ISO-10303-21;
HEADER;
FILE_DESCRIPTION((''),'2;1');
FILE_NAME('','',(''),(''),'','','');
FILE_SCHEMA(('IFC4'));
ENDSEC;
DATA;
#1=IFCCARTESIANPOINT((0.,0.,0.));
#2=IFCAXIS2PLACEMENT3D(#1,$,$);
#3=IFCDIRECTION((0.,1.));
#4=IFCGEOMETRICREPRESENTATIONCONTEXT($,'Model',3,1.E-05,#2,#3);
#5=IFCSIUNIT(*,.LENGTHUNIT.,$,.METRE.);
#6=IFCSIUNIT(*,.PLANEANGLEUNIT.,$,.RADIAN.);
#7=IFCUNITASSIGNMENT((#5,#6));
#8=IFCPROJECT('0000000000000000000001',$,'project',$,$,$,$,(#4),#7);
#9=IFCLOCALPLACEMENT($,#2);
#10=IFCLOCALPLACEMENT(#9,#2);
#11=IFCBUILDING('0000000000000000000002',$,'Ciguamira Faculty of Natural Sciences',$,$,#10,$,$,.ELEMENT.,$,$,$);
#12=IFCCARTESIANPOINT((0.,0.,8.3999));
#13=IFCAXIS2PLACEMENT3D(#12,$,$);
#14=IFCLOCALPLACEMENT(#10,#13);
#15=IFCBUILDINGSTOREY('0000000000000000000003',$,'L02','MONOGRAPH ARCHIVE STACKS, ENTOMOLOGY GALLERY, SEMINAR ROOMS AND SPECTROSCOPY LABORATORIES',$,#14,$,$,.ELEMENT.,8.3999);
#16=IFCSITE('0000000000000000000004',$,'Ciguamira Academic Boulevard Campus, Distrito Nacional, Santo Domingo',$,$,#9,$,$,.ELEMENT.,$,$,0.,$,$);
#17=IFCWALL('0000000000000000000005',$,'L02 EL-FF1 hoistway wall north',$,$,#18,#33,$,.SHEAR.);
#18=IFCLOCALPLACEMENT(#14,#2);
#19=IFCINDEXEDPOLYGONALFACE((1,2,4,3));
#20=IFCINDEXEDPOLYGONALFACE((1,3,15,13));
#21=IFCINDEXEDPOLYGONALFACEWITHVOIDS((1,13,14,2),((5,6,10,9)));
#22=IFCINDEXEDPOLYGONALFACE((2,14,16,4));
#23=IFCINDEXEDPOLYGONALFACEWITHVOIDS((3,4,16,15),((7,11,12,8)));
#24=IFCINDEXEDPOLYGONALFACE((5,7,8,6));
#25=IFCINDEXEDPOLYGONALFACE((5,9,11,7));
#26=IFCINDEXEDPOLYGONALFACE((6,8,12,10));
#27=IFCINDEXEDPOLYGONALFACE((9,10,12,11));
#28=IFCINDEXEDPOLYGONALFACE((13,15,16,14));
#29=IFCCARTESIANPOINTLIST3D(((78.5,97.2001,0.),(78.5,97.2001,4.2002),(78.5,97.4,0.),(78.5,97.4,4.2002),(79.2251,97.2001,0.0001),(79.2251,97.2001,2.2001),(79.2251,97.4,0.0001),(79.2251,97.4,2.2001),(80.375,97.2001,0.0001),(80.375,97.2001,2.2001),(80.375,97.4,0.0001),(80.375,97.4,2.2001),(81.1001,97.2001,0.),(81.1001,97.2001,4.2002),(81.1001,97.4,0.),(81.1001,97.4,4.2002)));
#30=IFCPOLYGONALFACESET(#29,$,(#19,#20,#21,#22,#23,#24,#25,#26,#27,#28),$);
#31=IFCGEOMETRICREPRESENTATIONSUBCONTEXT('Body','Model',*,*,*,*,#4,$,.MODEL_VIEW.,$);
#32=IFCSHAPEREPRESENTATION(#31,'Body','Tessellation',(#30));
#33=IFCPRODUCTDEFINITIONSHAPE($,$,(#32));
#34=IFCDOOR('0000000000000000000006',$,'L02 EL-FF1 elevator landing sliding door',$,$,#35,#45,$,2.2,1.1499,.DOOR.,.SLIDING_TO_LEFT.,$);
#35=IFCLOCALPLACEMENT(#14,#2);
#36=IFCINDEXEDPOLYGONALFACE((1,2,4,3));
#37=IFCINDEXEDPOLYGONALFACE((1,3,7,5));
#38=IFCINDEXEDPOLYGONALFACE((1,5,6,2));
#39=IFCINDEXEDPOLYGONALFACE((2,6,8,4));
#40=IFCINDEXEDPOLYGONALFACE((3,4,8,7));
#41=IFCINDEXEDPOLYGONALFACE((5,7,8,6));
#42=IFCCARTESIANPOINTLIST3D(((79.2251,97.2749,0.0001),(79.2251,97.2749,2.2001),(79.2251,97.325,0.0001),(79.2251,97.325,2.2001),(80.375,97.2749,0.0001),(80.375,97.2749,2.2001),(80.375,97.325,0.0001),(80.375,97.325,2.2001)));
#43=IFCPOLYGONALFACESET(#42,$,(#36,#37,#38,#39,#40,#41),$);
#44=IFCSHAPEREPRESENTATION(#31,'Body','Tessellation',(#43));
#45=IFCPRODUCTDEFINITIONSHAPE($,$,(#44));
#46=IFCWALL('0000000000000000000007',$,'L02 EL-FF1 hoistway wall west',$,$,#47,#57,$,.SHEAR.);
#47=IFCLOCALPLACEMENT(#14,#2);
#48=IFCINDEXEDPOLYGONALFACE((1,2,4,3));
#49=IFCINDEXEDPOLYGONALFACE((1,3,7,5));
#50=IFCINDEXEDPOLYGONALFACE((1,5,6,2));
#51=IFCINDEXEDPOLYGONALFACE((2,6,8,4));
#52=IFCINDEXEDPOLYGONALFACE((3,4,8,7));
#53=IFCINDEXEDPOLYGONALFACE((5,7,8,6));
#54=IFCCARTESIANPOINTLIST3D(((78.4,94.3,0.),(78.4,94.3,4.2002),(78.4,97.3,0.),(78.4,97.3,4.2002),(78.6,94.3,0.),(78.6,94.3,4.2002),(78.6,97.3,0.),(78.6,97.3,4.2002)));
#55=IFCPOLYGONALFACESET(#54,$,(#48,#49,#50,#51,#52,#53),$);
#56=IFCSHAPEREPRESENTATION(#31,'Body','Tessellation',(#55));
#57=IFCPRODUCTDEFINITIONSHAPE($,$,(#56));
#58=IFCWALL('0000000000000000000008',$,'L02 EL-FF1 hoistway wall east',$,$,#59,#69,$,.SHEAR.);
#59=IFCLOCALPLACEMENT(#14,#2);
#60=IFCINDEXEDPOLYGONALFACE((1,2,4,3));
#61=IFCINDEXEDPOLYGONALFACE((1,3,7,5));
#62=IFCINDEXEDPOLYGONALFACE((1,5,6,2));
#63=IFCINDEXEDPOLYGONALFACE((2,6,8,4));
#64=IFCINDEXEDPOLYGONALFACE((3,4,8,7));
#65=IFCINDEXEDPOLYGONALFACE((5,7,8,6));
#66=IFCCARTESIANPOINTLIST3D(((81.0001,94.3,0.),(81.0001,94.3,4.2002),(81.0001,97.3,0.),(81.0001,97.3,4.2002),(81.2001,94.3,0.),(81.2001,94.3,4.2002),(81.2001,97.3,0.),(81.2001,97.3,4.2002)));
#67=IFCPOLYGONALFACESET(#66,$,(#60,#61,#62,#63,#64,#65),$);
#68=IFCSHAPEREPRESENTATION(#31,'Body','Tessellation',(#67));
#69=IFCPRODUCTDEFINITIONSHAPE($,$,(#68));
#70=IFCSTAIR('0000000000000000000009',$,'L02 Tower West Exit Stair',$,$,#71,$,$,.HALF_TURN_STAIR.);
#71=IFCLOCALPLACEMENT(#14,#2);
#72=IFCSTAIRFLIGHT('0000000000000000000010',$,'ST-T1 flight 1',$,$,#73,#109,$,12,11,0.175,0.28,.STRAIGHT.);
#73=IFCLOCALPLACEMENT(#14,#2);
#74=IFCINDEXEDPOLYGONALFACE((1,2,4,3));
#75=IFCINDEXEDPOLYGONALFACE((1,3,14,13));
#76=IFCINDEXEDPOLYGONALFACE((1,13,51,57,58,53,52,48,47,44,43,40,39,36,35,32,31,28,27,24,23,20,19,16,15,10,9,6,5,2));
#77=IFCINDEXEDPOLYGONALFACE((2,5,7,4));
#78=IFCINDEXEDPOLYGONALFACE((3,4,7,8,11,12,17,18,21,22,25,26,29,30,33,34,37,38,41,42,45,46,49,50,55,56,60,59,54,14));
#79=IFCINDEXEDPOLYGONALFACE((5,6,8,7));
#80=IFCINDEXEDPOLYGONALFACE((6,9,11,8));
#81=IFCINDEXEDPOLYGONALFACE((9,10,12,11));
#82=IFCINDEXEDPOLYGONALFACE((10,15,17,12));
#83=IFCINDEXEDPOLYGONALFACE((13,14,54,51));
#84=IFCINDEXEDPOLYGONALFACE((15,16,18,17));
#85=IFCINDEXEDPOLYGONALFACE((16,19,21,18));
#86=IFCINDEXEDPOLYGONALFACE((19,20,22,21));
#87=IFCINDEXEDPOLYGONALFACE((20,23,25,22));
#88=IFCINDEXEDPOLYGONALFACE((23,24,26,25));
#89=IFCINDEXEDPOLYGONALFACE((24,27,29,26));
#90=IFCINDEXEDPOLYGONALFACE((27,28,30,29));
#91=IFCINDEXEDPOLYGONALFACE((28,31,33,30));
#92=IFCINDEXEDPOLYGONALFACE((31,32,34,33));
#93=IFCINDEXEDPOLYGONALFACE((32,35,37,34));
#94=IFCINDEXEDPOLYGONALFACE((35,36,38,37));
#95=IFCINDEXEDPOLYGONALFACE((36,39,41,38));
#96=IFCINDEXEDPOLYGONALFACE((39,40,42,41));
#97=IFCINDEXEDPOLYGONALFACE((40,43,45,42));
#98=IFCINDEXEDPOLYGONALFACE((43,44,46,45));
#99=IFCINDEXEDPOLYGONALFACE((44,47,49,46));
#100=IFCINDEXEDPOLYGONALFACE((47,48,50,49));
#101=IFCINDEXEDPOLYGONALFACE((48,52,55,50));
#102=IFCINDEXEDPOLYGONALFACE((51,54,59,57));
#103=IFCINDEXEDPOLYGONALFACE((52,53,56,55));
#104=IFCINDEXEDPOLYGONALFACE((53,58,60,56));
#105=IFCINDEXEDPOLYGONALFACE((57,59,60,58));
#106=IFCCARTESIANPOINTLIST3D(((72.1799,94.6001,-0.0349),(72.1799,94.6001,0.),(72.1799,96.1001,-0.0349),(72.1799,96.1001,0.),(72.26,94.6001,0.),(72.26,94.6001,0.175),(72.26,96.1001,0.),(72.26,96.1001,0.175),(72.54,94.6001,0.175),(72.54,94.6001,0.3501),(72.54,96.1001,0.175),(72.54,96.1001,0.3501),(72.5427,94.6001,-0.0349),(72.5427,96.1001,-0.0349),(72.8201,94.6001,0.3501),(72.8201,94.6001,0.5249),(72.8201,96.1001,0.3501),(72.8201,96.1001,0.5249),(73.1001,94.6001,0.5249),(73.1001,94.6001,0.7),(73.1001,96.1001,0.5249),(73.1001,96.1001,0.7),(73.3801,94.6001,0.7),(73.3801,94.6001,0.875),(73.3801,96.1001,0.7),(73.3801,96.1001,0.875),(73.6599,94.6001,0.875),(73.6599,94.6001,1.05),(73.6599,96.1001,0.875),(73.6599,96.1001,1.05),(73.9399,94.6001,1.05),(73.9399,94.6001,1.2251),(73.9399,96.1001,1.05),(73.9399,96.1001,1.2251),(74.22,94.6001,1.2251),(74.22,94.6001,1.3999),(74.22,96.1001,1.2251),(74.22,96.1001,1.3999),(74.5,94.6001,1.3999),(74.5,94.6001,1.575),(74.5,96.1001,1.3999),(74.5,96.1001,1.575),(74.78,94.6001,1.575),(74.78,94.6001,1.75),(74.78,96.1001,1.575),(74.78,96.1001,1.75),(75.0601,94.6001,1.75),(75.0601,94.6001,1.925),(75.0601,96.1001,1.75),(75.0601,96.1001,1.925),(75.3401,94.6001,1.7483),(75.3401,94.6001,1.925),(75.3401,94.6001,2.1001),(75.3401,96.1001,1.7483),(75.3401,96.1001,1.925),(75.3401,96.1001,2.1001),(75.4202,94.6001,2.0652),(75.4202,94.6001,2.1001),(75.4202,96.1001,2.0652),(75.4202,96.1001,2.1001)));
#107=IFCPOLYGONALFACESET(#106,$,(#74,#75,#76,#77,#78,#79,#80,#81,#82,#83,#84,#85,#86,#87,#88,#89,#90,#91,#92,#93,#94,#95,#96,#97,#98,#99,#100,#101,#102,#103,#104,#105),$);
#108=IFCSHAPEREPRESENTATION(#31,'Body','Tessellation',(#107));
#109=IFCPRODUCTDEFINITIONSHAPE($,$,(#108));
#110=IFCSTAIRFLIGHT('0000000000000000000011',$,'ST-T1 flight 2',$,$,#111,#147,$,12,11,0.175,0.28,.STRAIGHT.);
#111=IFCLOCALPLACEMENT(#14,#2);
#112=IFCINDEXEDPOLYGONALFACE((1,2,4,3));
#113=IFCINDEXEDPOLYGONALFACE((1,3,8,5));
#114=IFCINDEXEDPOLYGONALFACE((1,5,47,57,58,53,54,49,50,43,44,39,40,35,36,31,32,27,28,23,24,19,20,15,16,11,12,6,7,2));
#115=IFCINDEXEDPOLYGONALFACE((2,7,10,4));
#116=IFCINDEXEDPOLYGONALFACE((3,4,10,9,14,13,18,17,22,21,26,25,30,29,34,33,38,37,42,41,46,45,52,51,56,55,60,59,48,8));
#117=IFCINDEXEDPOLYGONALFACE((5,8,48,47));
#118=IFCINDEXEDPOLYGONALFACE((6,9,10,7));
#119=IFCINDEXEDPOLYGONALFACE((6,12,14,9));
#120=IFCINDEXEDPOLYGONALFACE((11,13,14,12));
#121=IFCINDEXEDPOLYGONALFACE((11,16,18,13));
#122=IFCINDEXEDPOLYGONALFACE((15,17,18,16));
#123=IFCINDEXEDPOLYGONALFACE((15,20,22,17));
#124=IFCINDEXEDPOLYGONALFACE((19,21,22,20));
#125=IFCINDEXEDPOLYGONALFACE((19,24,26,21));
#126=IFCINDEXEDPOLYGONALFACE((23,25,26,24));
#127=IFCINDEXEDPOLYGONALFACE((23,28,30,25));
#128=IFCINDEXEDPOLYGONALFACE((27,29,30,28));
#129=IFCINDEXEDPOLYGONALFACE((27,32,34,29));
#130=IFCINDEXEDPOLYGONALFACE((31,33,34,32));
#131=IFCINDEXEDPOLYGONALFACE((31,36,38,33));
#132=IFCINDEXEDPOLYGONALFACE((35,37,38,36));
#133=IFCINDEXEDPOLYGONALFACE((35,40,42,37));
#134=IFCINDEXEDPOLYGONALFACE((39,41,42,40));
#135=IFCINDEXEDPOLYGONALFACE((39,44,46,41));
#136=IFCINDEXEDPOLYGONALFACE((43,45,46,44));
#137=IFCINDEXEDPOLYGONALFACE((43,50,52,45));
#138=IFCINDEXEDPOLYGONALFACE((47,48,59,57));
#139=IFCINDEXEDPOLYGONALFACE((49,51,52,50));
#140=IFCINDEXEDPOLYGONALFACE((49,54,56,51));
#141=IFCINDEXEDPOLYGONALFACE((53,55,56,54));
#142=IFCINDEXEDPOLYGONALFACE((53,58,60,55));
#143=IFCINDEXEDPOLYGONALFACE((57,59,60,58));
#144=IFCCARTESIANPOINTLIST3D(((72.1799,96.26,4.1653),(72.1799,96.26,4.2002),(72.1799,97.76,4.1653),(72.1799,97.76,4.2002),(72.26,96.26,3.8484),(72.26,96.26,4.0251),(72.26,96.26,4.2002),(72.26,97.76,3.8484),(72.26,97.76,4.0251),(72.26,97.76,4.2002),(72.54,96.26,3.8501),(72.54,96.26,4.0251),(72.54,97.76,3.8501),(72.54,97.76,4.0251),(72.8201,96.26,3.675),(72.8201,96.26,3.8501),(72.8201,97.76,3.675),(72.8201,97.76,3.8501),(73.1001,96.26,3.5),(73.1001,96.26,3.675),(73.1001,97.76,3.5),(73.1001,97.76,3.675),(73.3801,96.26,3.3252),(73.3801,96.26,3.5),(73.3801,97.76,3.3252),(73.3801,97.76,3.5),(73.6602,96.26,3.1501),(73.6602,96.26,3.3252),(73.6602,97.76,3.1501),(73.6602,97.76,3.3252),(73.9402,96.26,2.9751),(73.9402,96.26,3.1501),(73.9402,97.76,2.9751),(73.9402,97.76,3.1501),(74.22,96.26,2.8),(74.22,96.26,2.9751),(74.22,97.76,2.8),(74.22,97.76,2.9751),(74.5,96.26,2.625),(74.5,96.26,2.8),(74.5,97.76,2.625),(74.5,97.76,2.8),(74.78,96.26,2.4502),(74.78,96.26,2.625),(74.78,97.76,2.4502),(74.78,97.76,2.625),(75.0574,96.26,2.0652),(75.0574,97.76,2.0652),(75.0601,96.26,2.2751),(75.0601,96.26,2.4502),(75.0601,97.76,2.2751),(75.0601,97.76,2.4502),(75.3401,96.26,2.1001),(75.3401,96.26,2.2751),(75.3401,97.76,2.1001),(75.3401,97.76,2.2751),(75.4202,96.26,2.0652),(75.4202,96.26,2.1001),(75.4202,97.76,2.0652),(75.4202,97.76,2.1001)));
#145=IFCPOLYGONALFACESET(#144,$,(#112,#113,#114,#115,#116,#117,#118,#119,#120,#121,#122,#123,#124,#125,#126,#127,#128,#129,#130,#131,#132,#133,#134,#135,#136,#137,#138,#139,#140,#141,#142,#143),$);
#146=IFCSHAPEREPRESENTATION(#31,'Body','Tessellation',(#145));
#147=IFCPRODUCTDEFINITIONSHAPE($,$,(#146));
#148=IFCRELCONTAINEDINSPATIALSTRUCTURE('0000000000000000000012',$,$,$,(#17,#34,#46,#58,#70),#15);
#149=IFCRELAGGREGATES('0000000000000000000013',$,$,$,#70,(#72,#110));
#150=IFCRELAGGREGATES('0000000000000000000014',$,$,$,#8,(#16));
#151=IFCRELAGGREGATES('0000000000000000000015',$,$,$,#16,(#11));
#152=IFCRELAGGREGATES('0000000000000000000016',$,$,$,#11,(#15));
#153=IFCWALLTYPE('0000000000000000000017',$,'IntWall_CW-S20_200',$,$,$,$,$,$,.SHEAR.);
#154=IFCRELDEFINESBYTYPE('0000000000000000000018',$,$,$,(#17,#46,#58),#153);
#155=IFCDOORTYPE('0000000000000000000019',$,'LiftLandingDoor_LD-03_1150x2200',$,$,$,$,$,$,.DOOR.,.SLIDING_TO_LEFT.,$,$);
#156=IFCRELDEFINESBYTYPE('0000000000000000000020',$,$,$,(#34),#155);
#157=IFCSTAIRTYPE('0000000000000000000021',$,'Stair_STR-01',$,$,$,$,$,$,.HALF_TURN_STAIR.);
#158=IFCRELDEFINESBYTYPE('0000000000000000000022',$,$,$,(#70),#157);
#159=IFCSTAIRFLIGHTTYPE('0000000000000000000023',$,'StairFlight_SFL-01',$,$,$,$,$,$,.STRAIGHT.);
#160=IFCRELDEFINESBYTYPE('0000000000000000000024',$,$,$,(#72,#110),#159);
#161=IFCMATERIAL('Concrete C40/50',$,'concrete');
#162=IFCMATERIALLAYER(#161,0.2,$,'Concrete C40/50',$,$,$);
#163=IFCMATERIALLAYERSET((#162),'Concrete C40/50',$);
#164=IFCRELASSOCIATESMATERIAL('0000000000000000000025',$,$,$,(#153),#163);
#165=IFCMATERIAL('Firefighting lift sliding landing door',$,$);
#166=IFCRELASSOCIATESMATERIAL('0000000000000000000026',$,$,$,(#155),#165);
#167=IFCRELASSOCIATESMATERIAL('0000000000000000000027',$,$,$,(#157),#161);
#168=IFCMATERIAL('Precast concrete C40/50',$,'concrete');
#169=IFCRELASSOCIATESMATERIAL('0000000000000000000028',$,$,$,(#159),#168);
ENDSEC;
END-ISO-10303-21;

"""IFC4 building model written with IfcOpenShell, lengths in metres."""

from ifc_helpers import new_model, si_unit, direction, frame, frame_2d, origin, place, context, subcontext, project, spatial, polyline, rectangle, outline, extrude, material, layer, layer_set, type_object, element, fill, aggregate, save


model = new_model("IFC4")

# Units and contexts
model_context = context("Model", 3, precision=1e-05, world=origin(), true_north=direction((0.0, 1.0)))
body_context = subcontext(model_context, "Body", "Model", "MODEL_VIEW")
ifc_project = project(units=[si_unit("LENGTHUNIT", "METRE"), si_unit("PLANEANGLEUNIT", "RADIAN")], contexts=[model_context])

# Site, building, storey
site_placement = place(None, origin())
site = spatial("IfcSite", under=ifc_project, at=site_placement, Name="Ciguamira Academic Boulevard Campus, Distrito Nacional, Santo Domingo", CompositionType="ELEMENT", RefElevation=0.0)
building_placement = place(site_placement, origin())
building = spatial("IfcBuilding", under=site, at=building_placement, Name="Ciguamira Faculty of Natural Sciences", CompositionType="ELEMENT")
storey_placement = place(building_placement, frame((0.0, 0.0, 8.3999)))
storey = spatial("IfcBuildingStorey", under=building, at=storey_placement, Name="L02", Description="MONOGRAPH ARCHIVE STACKS, ENTOMOLOGY GALLERY, SEMINAR ROOMS AND SPECTROSCOPY LABORATORIES", CompositionType="ELEMENT", Elevation=8.3999)

# Shared definitions
ifc_material_1 = material(Name="Concrete C40/50", Category="concrete")

# Shared definitions
ifc_layer_1 = layer(ifc_material_1, 0.2, Name="Concrete C40/50")
ifc_layer_set_1 = layer_set([ifc_layer_1], Name="Concrete C40/50")
wall_type = type_object("IfcWallType", Name="IntWall_CW-S20_200", PredefinedType="SHEAR", material=ifc_layer_set_1)

# Wall, opening, door
wall_1_placement = place(storey_placement, frame((78.5, 97.3, 0.0), z_axis=(0.0, 0.0, 1.0), x_axis=(1.0, 0.0, 0.0)))
wall_1 = element("IfcWall", 1, at=wall_1_placement, inside=storey, type_object=wall_type, Name="L02 EL-FF1 hoistway wall north", PredefinedType="SHEAR", context=body_context, shape_type="SweptSolid", body=[
    extrude(rectangle(XDim=2.6001, YDim=0.2, at=frame_2d((1.3, 0.0))), origin(), (0.0, 0.0, 1.0), 4.2002),
])
opening_placement = place(wall_1_placement, frame((0.7251, 0.0, 0.0)))
opening = element("IfcOpeningElement", 2, at=opening_placement, cuts=wall_1, PredefinedType="OPENING", context=body_context, shape_type="SweptSolid", body=[
    extrude(rectangle(XDim=1.1499, YDim=2.2, at=frame_2d((0.575, 1.1001))), frame((0.0, 0.1099, 0.0), z_axis=(0.0, -1.0, 0.0), x_axis=(1.0, 0.0, 0.0)), (0.0, 0.0, 1.0), 0.22),
])
ifc_material_2 = material(Name="Firefighting lift sliding landing door")
door_type = type_object("IfcDoorType", Name="LiftLandingDoor_LD-03_1150x2200", OperationType="SLIDING_TO_LEFT", PredefinedType="DOOR", material=ifc_material_2)
door_placement = place(opening_placement, origin())
door = element("IfcDoor", 3, at=door_placement, inside=storey, type_object=door_type, Name="L02 EL-FF1 elevator landing sliding door", OperationType="SLIDING_TO_LEFT", OverallHeight=2.2, OverallWidth=1.1499, PredefinedType="DOOR", context=body_context, shape_type="SweptSolid", body=[
    extrude(rectangle(XDim=1.1499, YDim=2.2, at=frame_2d((0.575, 1.1001))), frame((0.0, 0.0249, 0.0), z_axis=(0.0, -1.0, 0.0), x_axis=(1.0, 0.0, 0.0)), (0.0, 0.0, 1.0), 0.05),
])
fill(opening, door)

# Walls
for number, where, z_axis, x_axis, name in (
    (4, (78.5, 94.3, 0.0), (0.0, 0.0, 1.0), (0.0, 1.0, 0.0), "L02 EL-FF1 hoistway wall west"),
    (5, (81.1001, 94.3, 0.0), (0.0, 0.0, 1.0), (0.0, 1.0, 0.0), "L02 EL-FF1 hoistway wall east"),
):
    element("IfcWall", number, at=place(storey_placement, frame(where, z_axis=z_axis, x_axis=x_axis)), inside=storey, type_object=wall_type, Name=name, PredefinedType="SHEAR", context=body_context, shape_type="SweptSolid", body=[
        extrude(rectangle(XDim=3.0, YDim=0.2, at=frame_2d((1.5, 0.0))), origin(), (0.0, 0.0, 1.0), 4.2002),
    ])

# Stair, stair flights
stair_type = type_object("IfcStairType", Name="Stair_STR-01", PredefinedType="HALF_TURN_STAIR", material=ifc_material_1)
stair_placement = place(storey_placement, origin())
stair = element("IfcStair", 6, at=stair_placement, inside=storey, type_object=stair_type, Name="L02 Tower West Exit Stair", PredefinedType="HALF_TURN_STAIR")
ifc_material_3 = material(Name="Precast concrete C40/50", Category="concrete")
stair_flight_type = type_object("IfcStairFlightType", Name="StairFlight_SFL-01", PredefinedType="STRAIGHT", material=ifc_material_3)
stair_flight_1_placement = place(storey_placement, frame((72.26, 95.3501, 0.0), z_axis=(0.0, 0.0, 1.0), x_axis=(1.0, 0.0, 0.0)))
stair_flight_1 = element("IfcStairFlight", 7, at=stair_flight_1_placement, type_object=stair_flight_type, Name="ST-T1 flight 1", NumberOfRisers=12, NumberOfTreads=11, PredefinedType="STRAIGHT", RiserHeight=0.175, TreadLength=0.28, context=body_context, shape_type="SweptSolid", body=[
    extrude(outline(polyline([(-0.0801, -0.0349), (-0.0801, 0.0), (0.0, 0.0), (0.0, 0.175), (0.28, 0.175), (0.28, 0.3501), (0.5601, 0.3501), (0.5601, 0.5249), (0.8401, 0.5249), (0.8401, 0.7), (1.1201, 0.7), (1.1201, 0.875), (1.3999, 0.875), (1.3999, 1.05), (1.6799, 1.05), (1.6799, 1.2251), (1.96, 1.2251), (1.96, 1.3999), (2.24, 1.3999), (2.24, 1.575), (2.52, 1.575), (2.52, 1.75), (2.8, 1.75), (2.8, 1.925), (3.0801, 1.925), (3.0801, 2.1001), (3.1602, 2.1001), (3.1602, 2.0652), (3.0801, 1.7483), (0.2827, -0.0349), (-0.0801, -0.0349)])), frame((0.0, 0.75, 0.0), z_axis=(0.0, -1.0, 0.0), x_axis=(1.0, 0.0, 0.0)), (0.0, 0.0, 1.0), 1.5),
])
stair_flight_2_placement = place(storey_placement, frame((75.3401, 97.01, 2.1001), z_axis=(0.0, 0.0, 1.0), x_axis=(-1.0, 0.0, 0.0)))
stair_flight_2 = element("IfcStairFlight", 8, at=stair_flight_2_placement, type_object=stair_flight_type, Name="ST-T1 flight 2", NumberOfRisers=12, NumberOfTreads=11, PredefinedType="STRAIGHT", RiserHeight=0.175, TreadLength=0.28, context=body_context, shape_type="SweptSolid", body=[
    extrude(outline(polyline([(-0.0801, -0.0349), (-0.0801, 0.0), (0.0, 0.0), (0.0, 0.175), (0.28, 0.175), (0.28, 0.3501), (0.5601, 0.3501), (0.5601, 0.5249), (0.8401, 0.5249), (0.8401, 0.7), (1.1201, 0.7), (1.1201, 0.875), (1.3999, 0.875), (1.3999, 1.05), (1.6799, 1.05), (1.6799, 1.2251), (1.96, 1.2251), (1.96, 1.3999), (2.24, 1.3999), (2.24, 1.575), (2.52, 1.575), (2.52, 1.75), (2.8, 1.75), (2.8, 1.925), (3.0801, 1.925), (3.0801, 2.1001), (3.1602, 2.1001), (3.1602, 2.0652), (3.0801, 1.7483), (0.2827, -0.0349), (-0.0801, -0.0349)])), frame((0.0, 0.75, 0.0), z_axis=(0.0, -1.0, 0.0), x_axis=(1.0, 0.0, 0.0)), (0.0, 0.0, 1.0), 1.5),
])
aggregate(stair, [stair_flight_1, stair_flight_2])

save(model, "model.ifc")
